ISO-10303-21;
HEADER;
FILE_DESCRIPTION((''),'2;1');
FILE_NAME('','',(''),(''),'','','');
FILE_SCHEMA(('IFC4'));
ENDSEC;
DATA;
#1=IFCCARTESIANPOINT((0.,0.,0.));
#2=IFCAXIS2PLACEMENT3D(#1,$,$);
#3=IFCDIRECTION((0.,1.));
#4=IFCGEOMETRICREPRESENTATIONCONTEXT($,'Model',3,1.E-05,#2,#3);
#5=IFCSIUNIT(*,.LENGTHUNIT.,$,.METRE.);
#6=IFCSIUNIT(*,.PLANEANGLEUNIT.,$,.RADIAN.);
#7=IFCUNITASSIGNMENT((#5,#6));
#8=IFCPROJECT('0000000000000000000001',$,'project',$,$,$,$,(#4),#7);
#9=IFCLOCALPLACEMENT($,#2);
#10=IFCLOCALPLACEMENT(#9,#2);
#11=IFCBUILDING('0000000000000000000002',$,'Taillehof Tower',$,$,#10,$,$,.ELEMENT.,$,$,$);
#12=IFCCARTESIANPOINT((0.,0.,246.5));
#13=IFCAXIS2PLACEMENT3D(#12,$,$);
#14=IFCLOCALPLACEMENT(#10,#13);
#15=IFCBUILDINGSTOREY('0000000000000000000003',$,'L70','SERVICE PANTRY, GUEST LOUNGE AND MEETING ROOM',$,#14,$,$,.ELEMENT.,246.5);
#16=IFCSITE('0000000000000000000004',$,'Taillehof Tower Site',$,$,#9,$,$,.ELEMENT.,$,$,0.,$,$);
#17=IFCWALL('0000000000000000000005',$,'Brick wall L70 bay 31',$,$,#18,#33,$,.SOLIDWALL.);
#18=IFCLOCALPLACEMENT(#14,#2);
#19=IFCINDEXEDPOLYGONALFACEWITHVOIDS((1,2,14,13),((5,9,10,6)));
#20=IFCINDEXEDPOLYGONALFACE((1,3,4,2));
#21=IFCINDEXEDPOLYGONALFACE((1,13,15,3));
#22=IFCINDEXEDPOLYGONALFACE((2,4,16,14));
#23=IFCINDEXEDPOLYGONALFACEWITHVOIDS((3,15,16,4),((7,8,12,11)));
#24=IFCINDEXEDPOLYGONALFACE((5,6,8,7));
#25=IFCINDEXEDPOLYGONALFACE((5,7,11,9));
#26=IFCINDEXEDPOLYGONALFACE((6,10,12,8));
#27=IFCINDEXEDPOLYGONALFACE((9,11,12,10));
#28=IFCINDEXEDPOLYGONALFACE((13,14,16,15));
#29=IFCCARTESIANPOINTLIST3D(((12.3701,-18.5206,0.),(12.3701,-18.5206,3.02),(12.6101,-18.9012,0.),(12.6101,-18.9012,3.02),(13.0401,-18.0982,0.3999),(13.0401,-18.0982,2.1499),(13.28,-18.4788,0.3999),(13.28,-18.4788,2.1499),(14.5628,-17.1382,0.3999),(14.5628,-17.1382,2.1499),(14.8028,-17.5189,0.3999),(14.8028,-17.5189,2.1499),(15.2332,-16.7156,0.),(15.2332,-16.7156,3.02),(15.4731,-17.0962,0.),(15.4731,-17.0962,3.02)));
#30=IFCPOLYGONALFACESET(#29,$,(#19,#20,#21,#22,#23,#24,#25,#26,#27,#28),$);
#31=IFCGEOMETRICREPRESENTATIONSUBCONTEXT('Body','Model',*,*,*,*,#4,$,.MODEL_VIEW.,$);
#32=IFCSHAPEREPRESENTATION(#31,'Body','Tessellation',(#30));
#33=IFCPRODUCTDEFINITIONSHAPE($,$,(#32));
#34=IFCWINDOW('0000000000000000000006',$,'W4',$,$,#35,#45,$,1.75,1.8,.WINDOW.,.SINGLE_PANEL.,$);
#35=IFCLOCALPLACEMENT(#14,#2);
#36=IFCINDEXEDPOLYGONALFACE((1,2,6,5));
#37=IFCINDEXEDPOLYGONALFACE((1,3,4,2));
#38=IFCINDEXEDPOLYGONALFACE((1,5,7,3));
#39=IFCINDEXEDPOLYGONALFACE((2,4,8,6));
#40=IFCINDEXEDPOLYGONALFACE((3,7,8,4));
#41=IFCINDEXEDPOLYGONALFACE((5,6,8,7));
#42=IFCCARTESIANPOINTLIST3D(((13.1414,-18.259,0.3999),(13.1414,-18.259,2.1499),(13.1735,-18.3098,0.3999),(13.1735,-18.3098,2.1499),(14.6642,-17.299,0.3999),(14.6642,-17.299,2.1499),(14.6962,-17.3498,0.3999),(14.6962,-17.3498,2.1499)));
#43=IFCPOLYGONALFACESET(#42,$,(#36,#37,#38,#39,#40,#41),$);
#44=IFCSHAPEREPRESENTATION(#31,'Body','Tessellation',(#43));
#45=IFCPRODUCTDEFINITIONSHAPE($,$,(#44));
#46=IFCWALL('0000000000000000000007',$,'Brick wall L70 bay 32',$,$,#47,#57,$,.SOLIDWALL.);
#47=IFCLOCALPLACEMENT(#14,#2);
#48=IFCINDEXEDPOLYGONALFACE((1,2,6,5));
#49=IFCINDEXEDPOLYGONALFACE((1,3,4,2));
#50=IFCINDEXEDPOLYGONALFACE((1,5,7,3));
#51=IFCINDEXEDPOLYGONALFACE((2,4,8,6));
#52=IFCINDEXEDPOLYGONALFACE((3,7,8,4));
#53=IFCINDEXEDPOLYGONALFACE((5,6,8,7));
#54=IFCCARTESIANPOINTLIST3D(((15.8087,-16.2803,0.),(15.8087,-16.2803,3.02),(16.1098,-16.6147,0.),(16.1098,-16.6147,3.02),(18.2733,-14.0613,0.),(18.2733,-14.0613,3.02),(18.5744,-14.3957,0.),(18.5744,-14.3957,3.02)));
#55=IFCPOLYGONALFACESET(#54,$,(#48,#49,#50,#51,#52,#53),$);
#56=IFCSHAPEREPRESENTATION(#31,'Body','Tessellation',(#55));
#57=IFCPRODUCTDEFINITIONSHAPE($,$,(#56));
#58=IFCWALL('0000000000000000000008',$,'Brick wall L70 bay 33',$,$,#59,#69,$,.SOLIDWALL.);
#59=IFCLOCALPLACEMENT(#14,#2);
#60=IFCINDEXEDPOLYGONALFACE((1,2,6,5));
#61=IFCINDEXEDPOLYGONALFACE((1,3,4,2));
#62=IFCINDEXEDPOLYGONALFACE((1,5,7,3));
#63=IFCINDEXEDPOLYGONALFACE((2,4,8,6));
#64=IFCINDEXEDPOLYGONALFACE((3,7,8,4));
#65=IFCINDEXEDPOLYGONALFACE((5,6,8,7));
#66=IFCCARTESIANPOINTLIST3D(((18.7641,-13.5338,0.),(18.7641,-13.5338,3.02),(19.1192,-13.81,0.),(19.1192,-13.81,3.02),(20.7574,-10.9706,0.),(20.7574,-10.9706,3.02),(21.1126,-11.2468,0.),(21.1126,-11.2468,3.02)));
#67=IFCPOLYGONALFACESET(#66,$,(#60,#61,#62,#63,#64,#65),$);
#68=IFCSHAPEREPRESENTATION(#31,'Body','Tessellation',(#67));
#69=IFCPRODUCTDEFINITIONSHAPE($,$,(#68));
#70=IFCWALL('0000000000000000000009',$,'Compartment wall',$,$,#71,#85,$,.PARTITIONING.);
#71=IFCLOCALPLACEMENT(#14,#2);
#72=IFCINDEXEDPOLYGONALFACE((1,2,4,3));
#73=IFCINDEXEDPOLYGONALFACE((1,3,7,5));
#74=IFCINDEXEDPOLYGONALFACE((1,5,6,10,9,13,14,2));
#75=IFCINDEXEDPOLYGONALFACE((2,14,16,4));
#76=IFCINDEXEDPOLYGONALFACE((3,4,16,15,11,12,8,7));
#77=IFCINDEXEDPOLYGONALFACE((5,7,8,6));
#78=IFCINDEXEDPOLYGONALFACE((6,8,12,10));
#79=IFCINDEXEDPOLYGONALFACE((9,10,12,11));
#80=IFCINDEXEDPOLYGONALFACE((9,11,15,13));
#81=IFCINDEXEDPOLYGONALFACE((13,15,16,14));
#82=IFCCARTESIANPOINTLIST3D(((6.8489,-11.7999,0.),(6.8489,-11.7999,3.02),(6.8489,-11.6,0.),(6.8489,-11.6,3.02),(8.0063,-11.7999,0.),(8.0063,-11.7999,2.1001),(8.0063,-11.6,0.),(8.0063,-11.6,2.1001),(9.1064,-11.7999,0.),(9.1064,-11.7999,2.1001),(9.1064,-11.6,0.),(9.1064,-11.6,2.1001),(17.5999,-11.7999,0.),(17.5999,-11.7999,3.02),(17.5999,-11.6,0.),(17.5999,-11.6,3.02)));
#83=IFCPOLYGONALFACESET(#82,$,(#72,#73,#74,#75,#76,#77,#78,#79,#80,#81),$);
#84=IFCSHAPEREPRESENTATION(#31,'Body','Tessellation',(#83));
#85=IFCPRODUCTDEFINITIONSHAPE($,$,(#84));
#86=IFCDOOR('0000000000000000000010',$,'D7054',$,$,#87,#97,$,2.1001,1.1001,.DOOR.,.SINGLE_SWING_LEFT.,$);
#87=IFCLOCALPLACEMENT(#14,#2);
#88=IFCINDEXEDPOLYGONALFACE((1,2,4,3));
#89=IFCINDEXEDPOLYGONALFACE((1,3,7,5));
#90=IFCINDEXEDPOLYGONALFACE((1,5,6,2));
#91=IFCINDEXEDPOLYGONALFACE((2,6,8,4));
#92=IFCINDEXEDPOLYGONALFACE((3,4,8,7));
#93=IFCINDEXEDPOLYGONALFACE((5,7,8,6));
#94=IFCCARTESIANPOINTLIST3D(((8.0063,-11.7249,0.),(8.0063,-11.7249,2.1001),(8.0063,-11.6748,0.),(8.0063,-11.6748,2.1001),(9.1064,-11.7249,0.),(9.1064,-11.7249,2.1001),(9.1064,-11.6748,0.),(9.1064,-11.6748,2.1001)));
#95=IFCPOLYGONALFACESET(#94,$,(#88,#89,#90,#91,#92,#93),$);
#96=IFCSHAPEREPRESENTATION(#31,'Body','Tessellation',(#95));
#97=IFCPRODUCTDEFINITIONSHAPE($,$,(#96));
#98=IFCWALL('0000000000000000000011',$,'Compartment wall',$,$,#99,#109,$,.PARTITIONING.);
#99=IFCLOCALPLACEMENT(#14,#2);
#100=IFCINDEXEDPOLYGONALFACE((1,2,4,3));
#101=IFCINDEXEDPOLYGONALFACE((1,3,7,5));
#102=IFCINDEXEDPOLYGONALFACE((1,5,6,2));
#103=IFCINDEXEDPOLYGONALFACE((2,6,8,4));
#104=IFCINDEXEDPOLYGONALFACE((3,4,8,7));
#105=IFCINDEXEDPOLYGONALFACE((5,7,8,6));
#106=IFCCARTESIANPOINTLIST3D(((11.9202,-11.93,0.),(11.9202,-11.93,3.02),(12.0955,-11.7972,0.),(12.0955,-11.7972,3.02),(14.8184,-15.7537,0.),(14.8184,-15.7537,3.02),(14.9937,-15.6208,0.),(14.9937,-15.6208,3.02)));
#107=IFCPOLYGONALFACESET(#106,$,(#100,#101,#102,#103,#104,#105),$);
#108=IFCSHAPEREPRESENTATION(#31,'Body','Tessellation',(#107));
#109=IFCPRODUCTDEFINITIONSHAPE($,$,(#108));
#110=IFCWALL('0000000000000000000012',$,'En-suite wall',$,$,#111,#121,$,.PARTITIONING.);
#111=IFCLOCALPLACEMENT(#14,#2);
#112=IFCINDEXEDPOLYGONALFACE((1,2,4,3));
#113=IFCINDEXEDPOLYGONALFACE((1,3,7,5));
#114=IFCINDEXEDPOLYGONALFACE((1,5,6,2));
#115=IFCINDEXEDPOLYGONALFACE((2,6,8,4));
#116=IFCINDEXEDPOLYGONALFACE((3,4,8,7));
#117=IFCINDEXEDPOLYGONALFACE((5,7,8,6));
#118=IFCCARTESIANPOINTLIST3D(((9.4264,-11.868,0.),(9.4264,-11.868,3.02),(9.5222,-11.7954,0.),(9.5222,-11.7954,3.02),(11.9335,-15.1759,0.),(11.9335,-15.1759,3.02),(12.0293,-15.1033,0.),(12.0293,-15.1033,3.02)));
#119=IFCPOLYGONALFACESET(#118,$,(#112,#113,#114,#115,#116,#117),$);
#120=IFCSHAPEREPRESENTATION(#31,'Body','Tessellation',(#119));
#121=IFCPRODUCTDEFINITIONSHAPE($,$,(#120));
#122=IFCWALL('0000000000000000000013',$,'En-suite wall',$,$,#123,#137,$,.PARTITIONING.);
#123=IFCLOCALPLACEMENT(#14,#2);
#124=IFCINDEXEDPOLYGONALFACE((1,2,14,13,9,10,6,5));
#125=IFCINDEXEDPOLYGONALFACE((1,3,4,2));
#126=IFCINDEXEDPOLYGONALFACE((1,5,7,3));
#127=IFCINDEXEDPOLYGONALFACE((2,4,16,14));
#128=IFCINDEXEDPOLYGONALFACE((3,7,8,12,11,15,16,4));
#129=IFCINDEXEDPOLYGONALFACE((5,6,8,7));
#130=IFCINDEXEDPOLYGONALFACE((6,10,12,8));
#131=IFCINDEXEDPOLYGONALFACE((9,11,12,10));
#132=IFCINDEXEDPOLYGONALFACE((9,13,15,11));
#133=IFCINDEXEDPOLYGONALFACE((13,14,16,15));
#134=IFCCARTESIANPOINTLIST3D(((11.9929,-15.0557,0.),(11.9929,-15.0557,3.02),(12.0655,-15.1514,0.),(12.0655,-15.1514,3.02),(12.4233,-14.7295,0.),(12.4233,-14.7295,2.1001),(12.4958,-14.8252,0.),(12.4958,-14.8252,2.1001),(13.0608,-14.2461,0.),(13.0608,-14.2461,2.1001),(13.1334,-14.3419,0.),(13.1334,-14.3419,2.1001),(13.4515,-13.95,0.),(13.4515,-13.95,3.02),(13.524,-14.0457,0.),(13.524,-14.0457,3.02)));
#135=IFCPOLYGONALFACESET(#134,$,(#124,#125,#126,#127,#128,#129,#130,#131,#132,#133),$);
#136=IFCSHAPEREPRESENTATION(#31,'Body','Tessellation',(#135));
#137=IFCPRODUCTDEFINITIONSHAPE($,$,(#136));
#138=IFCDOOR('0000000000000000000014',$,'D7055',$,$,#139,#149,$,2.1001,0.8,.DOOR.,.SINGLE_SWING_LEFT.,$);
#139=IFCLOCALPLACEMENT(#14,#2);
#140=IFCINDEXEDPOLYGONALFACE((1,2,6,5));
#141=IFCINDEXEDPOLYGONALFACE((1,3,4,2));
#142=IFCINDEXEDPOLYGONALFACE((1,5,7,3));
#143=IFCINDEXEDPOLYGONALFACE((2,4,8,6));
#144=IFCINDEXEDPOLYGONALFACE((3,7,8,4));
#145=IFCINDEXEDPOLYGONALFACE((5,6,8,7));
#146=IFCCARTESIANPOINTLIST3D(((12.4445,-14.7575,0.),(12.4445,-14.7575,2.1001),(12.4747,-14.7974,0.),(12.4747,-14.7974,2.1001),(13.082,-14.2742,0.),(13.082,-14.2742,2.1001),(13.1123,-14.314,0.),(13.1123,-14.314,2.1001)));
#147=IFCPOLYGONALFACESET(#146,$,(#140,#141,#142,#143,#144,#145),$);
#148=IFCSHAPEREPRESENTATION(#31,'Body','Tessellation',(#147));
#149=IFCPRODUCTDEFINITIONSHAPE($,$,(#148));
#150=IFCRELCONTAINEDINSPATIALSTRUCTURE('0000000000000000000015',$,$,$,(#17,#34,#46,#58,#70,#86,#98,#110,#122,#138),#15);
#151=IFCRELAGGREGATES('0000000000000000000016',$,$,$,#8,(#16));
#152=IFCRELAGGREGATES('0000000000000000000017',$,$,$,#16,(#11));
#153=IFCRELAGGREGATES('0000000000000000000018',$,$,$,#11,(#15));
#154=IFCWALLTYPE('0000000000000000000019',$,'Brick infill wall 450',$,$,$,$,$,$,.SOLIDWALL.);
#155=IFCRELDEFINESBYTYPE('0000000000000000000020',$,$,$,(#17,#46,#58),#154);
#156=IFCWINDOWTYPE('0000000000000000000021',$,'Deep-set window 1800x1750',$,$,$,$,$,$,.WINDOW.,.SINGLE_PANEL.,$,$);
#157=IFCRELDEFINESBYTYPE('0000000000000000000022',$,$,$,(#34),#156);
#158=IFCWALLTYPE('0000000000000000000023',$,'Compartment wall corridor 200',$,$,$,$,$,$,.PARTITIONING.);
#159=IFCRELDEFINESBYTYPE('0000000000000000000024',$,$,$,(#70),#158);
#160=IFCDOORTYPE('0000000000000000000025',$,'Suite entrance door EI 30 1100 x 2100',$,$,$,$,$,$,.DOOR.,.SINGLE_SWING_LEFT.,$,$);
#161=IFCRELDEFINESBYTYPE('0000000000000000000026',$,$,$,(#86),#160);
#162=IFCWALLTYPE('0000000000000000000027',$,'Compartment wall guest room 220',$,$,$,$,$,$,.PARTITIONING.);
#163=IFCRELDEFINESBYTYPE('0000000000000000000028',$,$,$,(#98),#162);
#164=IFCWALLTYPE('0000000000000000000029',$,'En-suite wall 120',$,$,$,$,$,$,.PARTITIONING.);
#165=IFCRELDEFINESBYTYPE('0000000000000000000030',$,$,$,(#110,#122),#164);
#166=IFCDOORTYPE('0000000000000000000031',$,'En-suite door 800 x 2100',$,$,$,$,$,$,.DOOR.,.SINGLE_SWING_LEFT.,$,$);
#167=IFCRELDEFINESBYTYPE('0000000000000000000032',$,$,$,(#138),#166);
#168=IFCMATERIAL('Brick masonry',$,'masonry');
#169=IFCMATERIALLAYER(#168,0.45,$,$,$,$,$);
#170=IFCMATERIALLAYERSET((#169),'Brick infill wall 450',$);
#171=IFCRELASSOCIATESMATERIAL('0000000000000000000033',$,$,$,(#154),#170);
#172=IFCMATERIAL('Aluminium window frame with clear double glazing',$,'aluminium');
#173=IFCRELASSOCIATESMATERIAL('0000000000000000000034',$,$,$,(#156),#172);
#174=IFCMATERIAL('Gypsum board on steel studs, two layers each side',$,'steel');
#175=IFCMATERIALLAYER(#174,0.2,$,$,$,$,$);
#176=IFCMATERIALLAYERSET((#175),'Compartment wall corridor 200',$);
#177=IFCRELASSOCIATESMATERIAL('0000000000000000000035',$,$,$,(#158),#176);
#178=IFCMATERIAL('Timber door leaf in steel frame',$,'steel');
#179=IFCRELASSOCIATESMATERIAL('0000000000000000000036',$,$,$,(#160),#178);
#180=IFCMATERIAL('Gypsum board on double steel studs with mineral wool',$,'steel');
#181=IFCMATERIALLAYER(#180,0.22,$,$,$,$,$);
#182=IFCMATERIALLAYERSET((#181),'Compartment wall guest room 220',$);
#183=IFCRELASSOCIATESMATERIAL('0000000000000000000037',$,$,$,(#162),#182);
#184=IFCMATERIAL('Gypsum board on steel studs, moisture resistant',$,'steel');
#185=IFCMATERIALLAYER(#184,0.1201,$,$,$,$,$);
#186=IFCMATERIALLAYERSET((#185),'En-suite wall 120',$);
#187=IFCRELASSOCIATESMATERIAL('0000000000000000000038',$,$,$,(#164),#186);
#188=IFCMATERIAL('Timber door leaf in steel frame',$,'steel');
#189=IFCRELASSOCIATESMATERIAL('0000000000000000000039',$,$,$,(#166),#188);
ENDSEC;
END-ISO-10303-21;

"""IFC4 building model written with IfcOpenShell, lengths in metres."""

from ifc_helpers import new_model, si_unit, direction, frame, frame_2d, origin, place, context, subcontext, project, spatial, rectangle, extrude, material, layer, layer_set, type_object, element, fill, save


model = new_model("IFC4")

# Units and contexts
model_context = context("Model", 3, precision=1e-05, world=origin(), true_north=direction((0.0, 1.0)))
body_context = subcontext(model_context, "Body", "Model", "MODEL_VIEW")
ifc_project = project(units=[si_unit("LENGTHUNIT", "METRE"), si_unit("PLANEANGLEUNIT", "RADIAN")], contexts=[model_context])

# Site, building, storey
site_placement = place(None, origin())
site = spatial("IfcSite", under=ifc_project, at=site_placement, Name="Taillehof Tower Site", CompositionType="ELEMENT", RefElevation=0.0)
building_placement = place(site_placement, origin())
building = spatial("IfcBuilding", under=site, at=building_placement, Name="Taillehof Tower", CompositionType="ELEMENT")
storey_placement = place(building_placement, frame((0.0, 0.0, 246.5)))
storey = spatial("IfcBuildingStorey", under=building, at=storey_placement, Name="L70", Description="SERVICE PANTRY, GUEST LOUNGE AND MEETING ROOM", CompositionType="ELEMENT", Elevation=246.5)

# Wall, opening, window
ifc_material_1 = material(Name="Brick masonry", Category="masonry")
ifc_layer_1 = layer(ifc_material_1, 0.45)
ifc_layer_set_1 = layer_set([ifc_layer_1], Name="Brick infill wall 450")
wall_type_1 = type_object("IfcWallType", Name="Brick infill wall 450", PredefinedType="SOLIDWALL", material=ifc_layer_set_1)
ifc_material_2 = material(Name="Aluminium window frame with clear double glazing", Category="aluminium")
window_type = type_object("IfcWindowType", Name="Deep-set window 1800x1750", PartitioningType="SINGLE_PANEL", PredefinedType="WINDOW", material=ifc_material_2)
wall_1_placement = place(storey_placement, frame((12.49, -18.7109, 0.0), z_axis=(0.0, 0.0, 1.0), x_axis=(0.845929, 0.533295, 0.0)))
wall_1 = element("IfcWall", 1, at=wall_1_placement, inside=storey, type_object=wall_type_1, Name="Brick wall L70 bay 31", PredefinedType="SOLIDWALL", context=body_context, shape_type="SweptSolid", body=[
    extrude(rectangle(XDim=3.3845, YDim=0.45, at=frame_2d((1.6924, 0.0))), origin(), (0.0, 0.0, 1.0), 3.02),
])
opening_1_placement = place(wall_1_placement, frame((0.7922, 0.0, 0.3999)))
opening_1 = element("IfcOpeningElement", 2, at=opening_1_placement, cuts=wall_1, PredefinedType="OPENING", context=body_context, shape_type="SweptSolid", body=[
    extrude(rectangle(XDim=1.8, YDim=1.75, at=frame_2d((0.8999, 0.875))), frame((0.0, 0.2349, 0.0), z_axis=(0.0, -1.0, 0.0), x_axis=(1.0, 0.0, 0.0)), (0.0, 0.0, 1.0), 0.47),
])
window_1_placement = place(opening_1_placement, origin())
window_1 = element("IfcWindow", 3, at=window_1_placement, inside=storey, type_object=window_type, Name="W4", OverallHeight=1.75, OverallWidth=1.8, PartitioningType="SINGLE_PANEL", PredefinedType="WINDOW", context=body_context, shape_type="SweptSolid", body=[
    extrude(rectangle(XDim=1.8, YDim=1.75, at=frame_2d((0.8999, 0.875))), frame((0.0, 0.0349, 0.0), z_axis=(0.0, -1.0, 0.0), x_axis=(1.0, 0.0, 0.0)), (0.0, 0.0, 1.0), 0.0601),
])
fill(opening_1, window_1)

# Walls
wall_2_placement = place(storey_placement, frame((15.9592, -16.4475, 0.0), z_axis=(0.0, 0.0, 1.0), x_axis=(0.743166, 0.669107, 0.0)))
element("IfcWall", 4, at=wall_2_placement, inside=storey, type_object=wall_type_1, Name="Brick wall L70 bay 32", PredefinedType="SOLIDWALL", context=body_context, shape_type="SweptSolid", body=[
    extrude(rectangle(XDim=3.3164, YDim=0.45, at=frame_2d((1.6582, 0.0))), origin(), (0.0, 0.0, 1.0), 3.02),
])
wall_3_placement = place(storey_placement, frame((18.9417, -13.6719, 0.0), z_axis=(0.0, 0.0, 1.0), x_axis=(0.613899, 0.789385, 0.0)))
element("IfcWall", 5, at=wall_3_placement, inside=storey, type_object=wall_type_1, Name="Brick wall L70 bay 33", PredefinedType="SOLIDWALL", context=body_context, shape_type="SweptSolid", body=[
    extrude(rectangle(XDim=3.2471, YDim=0.45, at=frame_2d((1.6235, 0.0))), origin(), (0.0, 0.0, 1.0), 3.02),
])

# Wall, opening, door
ifc_material_3 = material(Name="Gypsum board on steel studs, two layers each side", Category="steel")
ifc_layer_2 = layer(ifc_material_3, 0.2)
ifc_layer_set_2 = layer_set([ifc_layer_2], Name="Compartment wall corridor 200")
wall_type_2 = type_object("IfcWallType", Name="Compartment wall corridor 200", PredefinedType="PARTITIONING", material=ifc_layer_set_2)
wall_4_placement = place(storey_placement, frame((17.5999, -11.7, 0.0), z_axis=(0.0, 0.0, 1.0), x_axis=(-1.0, 0.0, 0.0)))
wall_4 = element("IfcWall", 6, at=wall_4_placement, inside=storey, type_object=wall_type_2, Name="Compartment wall", PredefinedType="PARTITIONING", context=body_context, shape_type="SweptSolid", body=[
    extrude(rectangle(XDim=10.751, YDim=0.2, at=frame_2d((5.3755, 0.0))), origin(), (0.0, 0.0, 1.0), 3.02),
])
opening_2_placement = place(wall_4_placement, frame((8.4934, 0.0, 0.0)))
opening_2 = element("IfcOpeningElement", 7, at=opening_2_placement, cuts=wall_4, PredefinedType="OPENING", context=body_context, shape_type="SweptSolid", body=[
    extrude(rectangle(XDim=1.1001, YDim=2.1001, at=frame_2d((0.55, 1.05))), frame((0.0, 0.1099, 0.0), z_axis=(0.0, -1.0, 0.0), x_axis=(1.0, 0.0, 0.0)), (0.0, 0.0, 1.0), 0.22),
])
ifc_material_4 = material(Name="Timber door leaf in steel frame", Category="steel")
door_type_1 = type_object("IfcDoorType", Name="Suite entrance door EI 30 1100 x 2100", OperationType="SINGLE_SWING_LEFT", PredefinedType="DOOR", material=ifc_material_4)
door_1_placement = place(opening_2_placement, origin())
door_1 = element("IfcDoor", 8, at=door_1_placement, inside=storey, type_object=door_type_1, Name="D7054", OperationType="SINGLE_SWING_LEFT", OverallHeight=2.1001, OverallWidth=1.1001, PredefinedType="DOOR", context=body_context, shape_type="SweptSolid", body=[
    extrude(rectangle(XDim=1.1001, YDim=2.1001, at=frame_2d((0.55, 1.05))), frame((0.0, 0.0249, 0.0), z_axis=(0.0, -1.0, 0.0), x_axis=(1.0, 0.0, 0.0)), (0.0, 0.0, 1.0), 0.05),
])
fill(opening_2, door_1)

# Walls
ifc_material_5 = material(Name="Gypsum board on double steel studs with mineral wool", Category="steel")
ifc_layer_3 = layer(ifc_material_5, 0.22)
ifc_layer_set_3 = layer_set([ifc_layer_3], Name="Compartment wall guest room 220")
wall_type_3 = type_object("IfcWallType", Name="Compartment wall guest room 220", PredefinedType="PARTITIONING", material=ifc_layer_set_3)
wall_5_placement = place(storey_placement, frame((14.906, -15.6873, 0.0), z_axis=(0.0, 0.0, 1.0), x_axis=(-0.604047, 0.796949, 0.0)))
element("IfcWall", 9, at=wall_5_placement, inside=storey, type_object=wall_type_3, Name="Compartment wall", PredefinedType="PARTITIONING", context=body_context, shape_type="SweptSolid", body=[
    extrude(rectangle(XDim=4.7979, YDim=0.22, at=frame_2d((2.3989, 0.0))), origin(), (0.0, 0.0, 1.0), 3.02),
])
ifc_material_6 = material(Name="Gypsum board on steel studs, moisture resistant", Category="steel")
ifc_layer_4 = layer(ifc_material_6, 0.1201)
ifc_layer_set_4 = layer_set([ifc_layer_4], Name="En-suite wall 120")
wall_type_4 = type_object("IfcWallType", Name="En-suite wall 120", PredefinedType="PARTITIONING", material=ifc_layer_set_4)
wall_6_placement = place(storey_placement, frame((9.4744, -11.8318, 0.0), z_axis=(0.0, 0.0, 1.0), x_axis=(0.60403, -0.796962, 0.0)))
element("IfcWall", 10, at=wall_6_placement, inside=storey, type_object=wall_type_4, Name="En-suite wall", PredefinedType="PARTITIONING", context=body_context, shape_type="SweptSolid", body=[
    extrude(rectangle(XDim=4.1506, YDim=0.1201, at=frame_2d((2.0752, 0.0))), origin(), (0.0, 0.0, 1.0), 3.02),
])

# Wall, opening, door
wall_7_placement = place(storey_placement, frame((12.0293, -15.1035, 0.0), z_axis=(0.0, 0.0, 1.0), x_axis=(0.796884, 0.604132, 0.0)))
wall_7 = element("IfcWall", 11, at=wall_7_placement, inside=storey, type_object=wall_type_4, Name="En-suite wall", PredefinedType="PARTITIONING", context=body_context, shape_type="SweptSolid", body=[
    extrude(rectangle(XDim=1.8303, YDim=0.1201, at=frame_2d((0.915, 0.0))), origin(), (0.0, 0.0, 1.0), 3.02),
])
opening_3_placement = place(wall_7_placement, frame((0.54, 0.0, 0.0)))
opening_3 = element("IfcOpeningElement", 12, at=opening_3_placement, cuts=wall_7, PredefinedType="OPENING", context=body_context, shape_type="SweptSolid", body=[
    extrude(rectangle(XDim=0.8, YDim=2.1001, at=frame_2d((0.3999, 1.05))), frame((0.0, 0.0701, 0.0), z_axis=(0.0, -1.0, 0.0), x_axis=(1.0, 0.0, 0.0)), (0.0, 0.0, 1.0), 0.1401),
])
ifc_material_7 = material(Name="Timber door leaf in steel frame", Category="steel")
door_type_2 = type_object("IfcDoorType", Name="En-suite door 800 x 2100", OperationType="SINGLE_SWING_LEFT", PredefinedType="DOOR", material=ifc_material_7)
door_2_placement = place(opening_3_placement, origin())
door_2 = element("IfcDoor", 13, at=door_2_placement, inside=storey, type_object=door_type_2, Name="D7055", OperationType="SINGLE_SWING_LEFT", OverallHeight=2.1001, OverallWidth=0.8, PredefinedType="DOOR", context=body_context, shape_type="SweptSolid", body=[
    extrude(rectangle(XDim=0.8, YDim=2.1001, at=frame_2d((0.3999, 1.05))), frame((0.0, 0.0249, 0.0), z_axis=(0.0, -1.0, 0.0), x_axis=(1.0, 0.0, 0.0)), (0.0, 0.0, 1.0), 0.05),
])
fill(opening_3, door_2)

save(model, "model.ifc")
